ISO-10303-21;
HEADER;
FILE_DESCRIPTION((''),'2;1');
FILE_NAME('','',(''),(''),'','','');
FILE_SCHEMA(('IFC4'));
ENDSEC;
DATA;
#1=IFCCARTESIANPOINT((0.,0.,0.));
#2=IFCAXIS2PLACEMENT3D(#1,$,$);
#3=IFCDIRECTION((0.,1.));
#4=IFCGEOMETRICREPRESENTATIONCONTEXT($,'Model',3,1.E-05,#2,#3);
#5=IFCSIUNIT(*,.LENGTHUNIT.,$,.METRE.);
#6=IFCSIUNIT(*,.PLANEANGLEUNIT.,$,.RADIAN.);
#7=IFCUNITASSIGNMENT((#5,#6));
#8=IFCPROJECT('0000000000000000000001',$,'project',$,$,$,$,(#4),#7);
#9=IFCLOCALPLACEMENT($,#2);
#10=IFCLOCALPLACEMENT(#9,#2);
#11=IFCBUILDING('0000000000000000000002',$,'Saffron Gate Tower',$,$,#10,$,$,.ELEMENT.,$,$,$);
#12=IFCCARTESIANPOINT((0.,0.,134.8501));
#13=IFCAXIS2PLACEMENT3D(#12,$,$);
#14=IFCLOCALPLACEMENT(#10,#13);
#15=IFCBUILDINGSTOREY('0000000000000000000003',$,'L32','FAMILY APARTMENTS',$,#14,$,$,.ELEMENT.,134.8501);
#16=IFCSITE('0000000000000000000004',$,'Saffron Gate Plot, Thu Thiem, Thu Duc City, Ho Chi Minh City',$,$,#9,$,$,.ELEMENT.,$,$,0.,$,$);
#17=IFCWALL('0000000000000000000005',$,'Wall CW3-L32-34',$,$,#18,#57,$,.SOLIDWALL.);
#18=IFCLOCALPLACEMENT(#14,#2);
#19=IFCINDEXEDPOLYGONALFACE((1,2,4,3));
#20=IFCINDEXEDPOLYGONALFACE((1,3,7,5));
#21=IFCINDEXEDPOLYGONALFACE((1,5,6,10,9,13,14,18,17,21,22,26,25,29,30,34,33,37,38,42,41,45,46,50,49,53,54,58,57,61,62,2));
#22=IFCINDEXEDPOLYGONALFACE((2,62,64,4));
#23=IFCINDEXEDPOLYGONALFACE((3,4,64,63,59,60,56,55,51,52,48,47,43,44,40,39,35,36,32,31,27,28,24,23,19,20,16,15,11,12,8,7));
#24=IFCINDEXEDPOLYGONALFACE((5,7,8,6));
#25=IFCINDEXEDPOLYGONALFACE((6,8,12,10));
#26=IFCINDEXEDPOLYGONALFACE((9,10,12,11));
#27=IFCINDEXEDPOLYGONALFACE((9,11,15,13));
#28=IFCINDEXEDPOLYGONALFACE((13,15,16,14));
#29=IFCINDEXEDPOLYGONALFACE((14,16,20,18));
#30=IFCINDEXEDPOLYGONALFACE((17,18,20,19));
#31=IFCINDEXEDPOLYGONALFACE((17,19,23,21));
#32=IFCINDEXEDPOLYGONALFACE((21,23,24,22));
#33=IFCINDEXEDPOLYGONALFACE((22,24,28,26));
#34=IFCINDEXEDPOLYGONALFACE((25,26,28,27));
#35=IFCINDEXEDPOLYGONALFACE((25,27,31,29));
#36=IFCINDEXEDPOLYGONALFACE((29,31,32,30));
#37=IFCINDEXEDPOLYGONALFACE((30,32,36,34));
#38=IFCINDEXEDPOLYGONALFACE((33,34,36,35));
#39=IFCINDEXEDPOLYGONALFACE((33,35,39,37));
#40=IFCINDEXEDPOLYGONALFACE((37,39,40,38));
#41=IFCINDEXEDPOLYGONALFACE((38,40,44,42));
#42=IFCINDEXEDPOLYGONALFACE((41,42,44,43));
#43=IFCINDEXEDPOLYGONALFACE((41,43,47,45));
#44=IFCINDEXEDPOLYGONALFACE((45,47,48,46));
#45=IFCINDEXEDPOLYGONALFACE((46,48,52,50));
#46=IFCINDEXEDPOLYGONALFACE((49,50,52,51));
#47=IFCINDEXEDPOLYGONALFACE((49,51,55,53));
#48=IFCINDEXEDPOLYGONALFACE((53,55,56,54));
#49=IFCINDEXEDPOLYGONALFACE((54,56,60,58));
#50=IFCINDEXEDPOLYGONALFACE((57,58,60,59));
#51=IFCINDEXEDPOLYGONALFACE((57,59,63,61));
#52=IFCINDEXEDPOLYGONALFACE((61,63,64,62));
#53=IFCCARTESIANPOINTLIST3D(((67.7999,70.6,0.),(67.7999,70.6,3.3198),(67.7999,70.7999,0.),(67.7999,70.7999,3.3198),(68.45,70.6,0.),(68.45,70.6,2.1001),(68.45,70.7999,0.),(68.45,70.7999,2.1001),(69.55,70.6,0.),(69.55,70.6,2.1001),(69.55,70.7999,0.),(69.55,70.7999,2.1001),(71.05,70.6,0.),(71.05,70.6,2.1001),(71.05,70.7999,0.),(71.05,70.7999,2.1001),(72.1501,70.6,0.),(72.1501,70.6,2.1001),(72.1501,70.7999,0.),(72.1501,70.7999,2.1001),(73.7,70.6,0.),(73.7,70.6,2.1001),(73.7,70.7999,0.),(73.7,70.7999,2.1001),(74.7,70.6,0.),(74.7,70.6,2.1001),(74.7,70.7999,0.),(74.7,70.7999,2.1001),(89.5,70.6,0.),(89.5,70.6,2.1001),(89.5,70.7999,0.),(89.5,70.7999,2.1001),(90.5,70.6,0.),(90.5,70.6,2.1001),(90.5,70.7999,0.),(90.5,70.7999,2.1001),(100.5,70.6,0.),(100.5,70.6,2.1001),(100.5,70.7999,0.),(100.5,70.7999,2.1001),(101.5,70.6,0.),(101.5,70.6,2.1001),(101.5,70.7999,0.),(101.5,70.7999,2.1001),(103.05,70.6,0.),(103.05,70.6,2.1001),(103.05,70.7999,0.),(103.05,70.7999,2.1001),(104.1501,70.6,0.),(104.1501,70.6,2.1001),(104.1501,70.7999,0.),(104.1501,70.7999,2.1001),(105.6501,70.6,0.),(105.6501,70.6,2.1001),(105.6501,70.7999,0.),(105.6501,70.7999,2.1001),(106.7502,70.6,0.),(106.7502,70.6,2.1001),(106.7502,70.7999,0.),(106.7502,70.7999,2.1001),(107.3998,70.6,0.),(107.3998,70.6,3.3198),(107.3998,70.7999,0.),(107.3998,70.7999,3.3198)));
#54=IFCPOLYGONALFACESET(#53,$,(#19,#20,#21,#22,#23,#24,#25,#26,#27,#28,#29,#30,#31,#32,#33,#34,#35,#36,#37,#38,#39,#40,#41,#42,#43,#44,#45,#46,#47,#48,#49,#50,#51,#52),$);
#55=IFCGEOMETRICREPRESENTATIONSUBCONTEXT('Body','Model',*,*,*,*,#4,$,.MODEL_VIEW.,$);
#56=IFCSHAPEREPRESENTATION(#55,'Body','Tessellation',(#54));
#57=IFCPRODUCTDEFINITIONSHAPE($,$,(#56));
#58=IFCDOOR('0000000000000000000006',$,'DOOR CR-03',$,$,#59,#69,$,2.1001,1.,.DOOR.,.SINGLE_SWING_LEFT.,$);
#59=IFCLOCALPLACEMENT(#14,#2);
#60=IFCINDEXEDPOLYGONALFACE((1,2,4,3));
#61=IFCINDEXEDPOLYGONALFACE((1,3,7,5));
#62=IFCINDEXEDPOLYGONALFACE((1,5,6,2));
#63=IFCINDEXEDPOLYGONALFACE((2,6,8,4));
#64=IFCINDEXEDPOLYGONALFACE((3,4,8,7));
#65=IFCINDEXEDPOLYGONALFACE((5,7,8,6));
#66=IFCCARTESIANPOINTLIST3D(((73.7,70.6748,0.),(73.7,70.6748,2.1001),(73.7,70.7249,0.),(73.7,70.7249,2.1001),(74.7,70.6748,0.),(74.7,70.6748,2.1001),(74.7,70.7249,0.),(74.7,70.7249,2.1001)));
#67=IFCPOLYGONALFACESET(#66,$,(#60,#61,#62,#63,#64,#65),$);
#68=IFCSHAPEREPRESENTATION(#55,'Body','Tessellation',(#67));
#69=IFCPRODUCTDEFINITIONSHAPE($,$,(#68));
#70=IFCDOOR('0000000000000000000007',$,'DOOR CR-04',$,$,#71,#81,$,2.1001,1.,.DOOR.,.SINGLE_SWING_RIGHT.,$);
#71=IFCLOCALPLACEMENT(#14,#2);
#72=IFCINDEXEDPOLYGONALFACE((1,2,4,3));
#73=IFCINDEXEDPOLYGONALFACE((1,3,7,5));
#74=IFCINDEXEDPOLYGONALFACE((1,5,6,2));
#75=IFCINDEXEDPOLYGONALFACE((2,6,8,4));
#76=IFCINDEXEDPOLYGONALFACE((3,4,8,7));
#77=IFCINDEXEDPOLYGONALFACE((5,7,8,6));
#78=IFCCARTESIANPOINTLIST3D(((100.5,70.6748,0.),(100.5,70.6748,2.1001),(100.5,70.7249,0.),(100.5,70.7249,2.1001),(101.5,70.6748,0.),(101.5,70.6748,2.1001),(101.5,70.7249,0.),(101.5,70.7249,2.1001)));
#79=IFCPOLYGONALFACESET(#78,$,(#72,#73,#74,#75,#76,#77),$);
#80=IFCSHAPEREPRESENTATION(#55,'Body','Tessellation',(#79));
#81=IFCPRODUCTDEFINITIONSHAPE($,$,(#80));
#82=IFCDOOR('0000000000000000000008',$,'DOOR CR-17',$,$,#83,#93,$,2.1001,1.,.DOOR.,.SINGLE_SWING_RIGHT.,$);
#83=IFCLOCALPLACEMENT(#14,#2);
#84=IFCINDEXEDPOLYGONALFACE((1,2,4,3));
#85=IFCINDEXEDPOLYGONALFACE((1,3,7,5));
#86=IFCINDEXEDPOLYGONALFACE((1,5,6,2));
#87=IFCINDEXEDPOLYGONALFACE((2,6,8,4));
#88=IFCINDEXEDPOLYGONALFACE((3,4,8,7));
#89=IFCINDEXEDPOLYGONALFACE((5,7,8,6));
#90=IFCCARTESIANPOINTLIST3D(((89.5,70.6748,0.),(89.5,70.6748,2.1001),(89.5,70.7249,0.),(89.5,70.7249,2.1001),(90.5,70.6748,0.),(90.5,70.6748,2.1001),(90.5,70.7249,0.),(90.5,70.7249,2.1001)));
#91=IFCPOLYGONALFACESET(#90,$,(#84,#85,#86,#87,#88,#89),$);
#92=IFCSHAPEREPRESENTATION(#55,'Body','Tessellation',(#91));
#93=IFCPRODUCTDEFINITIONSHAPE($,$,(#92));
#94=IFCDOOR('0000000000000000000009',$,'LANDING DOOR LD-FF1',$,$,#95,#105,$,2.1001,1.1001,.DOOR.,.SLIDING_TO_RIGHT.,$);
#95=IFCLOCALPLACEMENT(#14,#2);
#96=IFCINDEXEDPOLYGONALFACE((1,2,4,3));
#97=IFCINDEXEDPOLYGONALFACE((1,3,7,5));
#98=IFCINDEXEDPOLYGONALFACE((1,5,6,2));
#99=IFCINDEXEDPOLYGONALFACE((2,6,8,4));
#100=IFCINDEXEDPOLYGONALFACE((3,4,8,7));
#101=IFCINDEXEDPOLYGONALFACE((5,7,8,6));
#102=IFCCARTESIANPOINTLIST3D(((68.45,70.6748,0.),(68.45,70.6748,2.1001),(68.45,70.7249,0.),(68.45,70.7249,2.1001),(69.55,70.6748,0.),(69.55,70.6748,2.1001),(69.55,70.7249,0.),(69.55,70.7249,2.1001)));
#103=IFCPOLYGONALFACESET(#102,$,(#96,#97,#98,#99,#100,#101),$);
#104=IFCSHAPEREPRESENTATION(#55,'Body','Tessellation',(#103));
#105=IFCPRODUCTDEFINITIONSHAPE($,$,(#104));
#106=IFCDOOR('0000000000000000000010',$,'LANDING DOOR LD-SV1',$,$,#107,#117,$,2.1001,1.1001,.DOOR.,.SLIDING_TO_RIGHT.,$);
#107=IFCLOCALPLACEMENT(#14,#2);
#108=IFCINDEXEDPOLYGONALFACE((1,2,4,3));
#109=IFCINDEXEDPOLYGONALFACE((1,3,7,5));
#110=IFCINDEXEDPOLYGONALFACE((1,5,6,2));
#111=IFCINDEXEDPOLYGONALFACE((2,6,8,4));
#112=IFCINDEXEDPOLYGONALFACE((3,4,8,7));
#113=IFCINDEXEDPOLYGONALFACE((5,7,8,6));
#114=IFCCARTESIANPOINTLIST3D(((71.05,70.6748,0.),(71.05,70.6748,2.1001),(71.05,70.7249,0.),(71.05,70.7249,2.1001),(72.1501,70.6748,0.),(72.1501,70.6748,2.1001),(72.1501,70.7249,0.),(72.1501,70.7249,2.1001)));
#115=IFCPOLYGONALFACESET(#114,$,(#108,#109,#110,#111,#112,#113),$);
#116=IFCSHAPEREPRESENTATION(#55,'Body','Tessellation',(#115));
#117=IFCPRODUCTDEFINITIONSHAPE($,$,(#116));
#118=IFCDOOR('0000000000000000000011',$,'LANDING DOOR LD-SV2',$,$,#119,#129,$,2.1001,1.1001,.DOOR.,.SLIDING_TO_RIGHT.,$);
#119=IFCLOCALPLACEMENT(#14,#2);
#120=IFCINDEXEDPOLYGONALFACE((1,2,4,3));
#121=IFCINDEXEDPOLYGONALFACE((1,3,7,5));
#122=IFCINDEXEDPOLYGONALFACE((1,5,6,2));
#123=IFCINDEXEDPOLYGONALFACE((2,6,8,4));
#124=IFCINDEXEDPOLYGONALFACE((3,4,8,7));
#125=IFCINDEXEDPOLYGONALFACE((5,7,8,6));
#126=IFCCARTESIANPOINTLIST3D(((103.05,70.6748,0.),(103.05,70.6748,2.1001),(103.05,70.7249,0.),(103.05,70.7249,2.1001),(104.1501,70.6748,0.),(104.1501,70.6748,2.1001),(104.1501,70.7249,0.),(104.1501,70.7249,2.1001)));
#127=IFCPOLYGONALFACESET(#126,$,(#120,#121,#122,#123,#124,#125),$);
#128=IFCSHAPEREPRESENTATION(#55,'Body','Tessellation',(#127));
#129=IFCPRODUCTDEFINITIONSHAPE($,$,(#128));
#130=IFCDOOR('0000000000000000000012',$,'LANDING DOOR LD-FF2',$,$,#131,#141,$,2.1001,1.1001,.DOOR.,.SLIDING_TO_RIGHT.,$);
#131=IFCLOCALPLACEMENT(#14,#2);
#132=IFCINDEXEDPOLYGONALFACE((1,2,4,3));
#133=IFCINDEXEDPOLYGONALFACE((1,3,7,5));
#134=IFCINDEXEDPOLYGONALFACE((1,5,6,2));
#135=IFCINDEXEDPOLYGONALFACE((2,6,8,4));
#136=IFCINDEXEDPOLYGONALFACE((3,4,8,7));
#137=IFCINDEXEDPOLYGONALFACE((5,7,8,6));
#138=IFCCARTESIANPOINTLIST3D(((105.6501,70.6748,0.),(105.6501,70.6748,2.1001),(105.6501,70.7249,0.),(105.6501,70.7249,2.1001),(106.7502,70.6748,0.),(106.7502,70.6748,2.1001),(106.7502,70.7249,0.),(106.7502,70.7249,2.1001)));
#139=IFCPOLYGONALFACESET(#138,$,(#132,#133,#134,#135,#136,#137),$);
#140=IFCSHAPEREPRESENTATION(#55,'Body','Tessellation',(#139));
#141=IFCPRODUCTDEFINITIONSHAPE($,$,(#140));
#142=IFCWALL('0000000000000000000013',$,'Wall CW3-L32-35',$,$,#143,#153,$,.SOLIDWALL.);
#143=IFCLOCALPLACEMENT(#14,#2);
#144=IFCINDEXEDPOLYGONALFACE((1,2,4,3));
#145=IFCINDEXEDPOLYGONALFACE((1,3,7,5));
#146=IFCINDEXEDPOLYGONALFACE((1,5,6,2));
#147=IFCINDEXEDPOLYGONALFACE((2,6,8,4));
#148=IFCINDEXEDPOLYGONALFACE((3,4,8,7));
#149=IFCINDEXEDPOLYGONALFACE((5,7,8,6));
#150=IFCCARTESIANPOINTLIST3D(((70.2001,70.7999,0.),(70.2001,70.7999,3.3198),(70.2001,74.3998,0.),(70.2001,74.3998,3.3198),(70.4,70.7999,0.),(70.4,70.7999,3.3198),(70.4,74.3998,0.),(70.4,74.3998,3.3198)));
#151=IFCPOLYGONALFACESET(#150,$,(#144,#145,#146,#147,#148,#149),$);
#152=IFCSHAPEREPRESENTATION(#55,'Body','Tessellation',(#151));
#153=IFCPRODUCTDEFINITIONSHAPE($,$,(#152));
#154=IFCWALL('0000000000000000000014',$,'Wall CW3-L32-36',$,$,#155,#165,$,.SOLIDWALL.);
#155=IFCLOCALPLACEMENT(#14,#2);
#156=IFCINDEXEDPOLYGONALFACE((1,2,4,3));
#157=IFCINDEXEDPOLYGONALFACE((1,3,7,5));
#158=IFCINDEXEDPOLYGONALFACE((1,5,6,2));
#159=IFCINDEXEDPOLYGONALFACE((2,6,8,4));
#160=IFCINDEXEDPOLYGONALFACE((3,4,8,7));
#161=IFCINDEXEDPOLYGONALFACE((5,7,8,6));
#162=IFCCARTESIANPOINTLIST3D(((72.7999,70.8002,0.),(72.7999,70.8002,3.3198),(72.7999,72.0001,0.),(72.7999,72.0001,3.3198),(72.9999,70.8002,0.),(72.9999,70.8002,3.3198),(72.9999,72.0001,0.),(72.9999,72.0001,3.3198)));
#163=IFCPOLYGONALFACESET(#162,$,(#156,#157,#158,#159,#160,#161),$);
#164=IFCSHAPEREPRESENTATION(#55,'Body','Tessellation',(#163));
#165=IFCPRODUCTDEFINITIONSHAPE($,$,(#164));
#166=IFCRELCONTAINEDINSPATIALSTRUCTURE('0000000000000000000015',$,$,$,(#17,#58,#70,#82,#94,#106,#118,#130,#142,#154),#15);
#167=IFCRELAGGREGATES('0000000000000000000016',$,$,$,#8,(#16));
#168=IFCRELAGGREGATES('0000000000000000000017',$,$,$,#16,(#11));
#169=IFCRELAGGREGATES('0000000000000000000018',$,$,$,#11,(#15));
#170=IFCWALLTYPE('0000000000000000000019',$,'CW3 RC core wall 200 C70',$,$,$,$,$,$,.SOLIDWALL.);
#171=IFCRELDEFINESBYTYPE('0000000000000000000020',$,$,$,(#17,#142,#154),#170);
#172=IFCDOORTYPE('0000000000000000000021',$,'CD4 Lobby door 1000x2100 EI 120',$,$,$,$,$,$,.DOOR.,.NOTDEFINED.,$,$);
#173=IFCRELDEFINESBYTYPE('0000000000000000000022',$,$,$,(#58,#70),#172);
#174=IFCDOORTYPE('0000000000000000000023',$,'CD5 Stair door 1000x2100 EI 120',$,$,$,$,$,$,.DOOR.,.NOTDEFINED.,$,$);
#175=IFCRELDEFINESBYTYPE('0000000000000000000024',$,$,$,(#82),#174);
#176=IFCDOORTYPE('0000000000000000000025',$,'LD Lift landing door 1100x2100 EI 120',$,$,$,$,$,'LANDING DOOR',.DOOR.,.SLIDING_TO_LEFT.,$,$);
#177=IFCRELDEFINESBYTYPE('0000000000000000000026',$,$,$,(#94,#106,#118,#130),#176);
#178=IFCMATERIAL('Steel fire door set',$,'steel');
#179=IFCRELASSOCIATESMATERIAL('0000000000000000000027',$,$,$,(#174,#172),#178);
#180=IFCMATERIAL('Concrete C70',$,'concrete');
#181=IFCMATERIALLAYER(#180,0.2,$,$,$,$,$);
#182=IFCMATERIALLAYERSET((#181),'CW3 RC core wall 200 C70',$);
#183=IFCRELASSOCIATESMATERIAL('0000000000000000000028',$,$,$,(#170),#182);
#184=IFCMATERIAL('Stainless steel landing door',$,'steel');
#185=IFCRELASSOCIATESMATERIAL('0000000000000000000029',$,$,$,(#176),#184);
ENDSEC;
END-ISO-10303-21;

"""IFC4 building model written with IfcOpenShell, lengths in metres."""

from ifc_helpers import new_model, si_unit, direction, frame, frame_2d, origin, place, context, subcontext, project, spatial, rectangle, extrude, material, layer, layer_set, type_object, element, fill, save


model = new_model("IFC4")

# Units and contexts
model_context = context("Model", 3, precision=1e-05, world=origin(), true_north=direction((0.0, 1.0)))
body_context = subcontext(model_context, "Body", "Model", "MODEL_VIEW")
ifc_project = project(units=[si_unit("LENGTHUNIT", "METRE"), si_unit("PLANEANGLEUNIT", "RADIAN")], contexts=[model_context])

# Site, building, storey
site_placement = place(None, origin())
site = spatial("IfcSite", under=ifc_project, at=site_placement, Name="Saffron Gate Plot, Thu Thiem, Thu Duc City, Ho Chi Minh City", CompositionType="ELEMENT", RefElevation=0.0)
building_placement = place(site_placement, origin())
building = spatial("IfcBuilding", under=site, at=building_placement, Name="Saffron Gate Tower", CompositionType="ELEMENT")
storey_placement = place(building_placement, frame((0.0, 0.0, 134.8501)))
storey = spatial("IfcBuildingStorey", under=building, at=storey_placement, Name="L32", Description="FAMILY APARTMENTS", CompositionType="ELEMENT", Elevation=134.8501)

# Shared definitions
ifc_material_1 = material(Name="Concrete C70", Category="concrete")

# Wall, openings, doors
ifc_material_2 = material(Name="Steel fire door set", Category="steel")
door_type_1 = type_object("IfcDoorType", Name="CD5 Stair door 1000x2100 EI 120", OperationType="NOTDEFINED", PredefinedType="DOOR", material=ifc_material_2)
ifc_layer_1 = layer(ifc_material_1, 0.2)
ifc_layer_set_1 = layer_set([ifc_layer_1], Name="CW3 RC core wall 200 C70")
wall_type_1 = type_object("IfcWallType", Name="CW3 RC core wall 200 C70", PredefinedType="SOLIDWALL", material=ifc_layer_set_1)
wall_1_placement = place(storey_placement, frame((67.8, 70.7, 0.0), z_axis=(0.0, 0.0, 1.0), x_axis=(1.0, 0.0, 0.0)))
wall_1 = element("IfcWall", 1, at=wall_1_placement, inside=storey, type_object=wall_type_1, Name="Wall CW3-L32-34", PredefinedType="SOLIDWALL", context=body_context, shape_type="SweptSolid", body=[
    extrude(rectangle(XDim=39.5999, YDim=0.2, at=frame_2d((19.7998, 0.0))), origin(), (0.0, 0.0, 1.0), 3.3198),
])
opening_1_placement = place(wall_1_placement, frame((0.6499, 0.0, 0.0)))
opening_1 = element("IfcOpeningElement", 2, at=opening_1_placement, cuts=wall_1, PredefinedType="OPENING", context=body_context, shape_type="SweptSolid", body=[
    extrude(rectangle(XDim=1.1001, YDim=2.1001, at=frame_2d((0.55, 1.05))), frame((0.0, 0.1099, 0.0), z_axis=(0.0, -1.0, 0.0), x_axis=(1.0, 0.0, 0.0)), (0.0, 0.0, 1.0), 0.22),
])
opening_2_placement = place(wall_1_placement, frame((3.25, 0.0, 0.0)))
opening_2 = element("IfcOpeningElement", 3, at=opening_2_placement, cuts=wall_1, PredefinedType="OPENING", context=body_context, shape_type="SweptSolid", body=[
    extrude(rectangle(XDim=1.1001, YDim=2.1001, at=frame_2d((0.55, 1.05))), frame((0.0, 0.1099, 0.0), z_axis=(0.0, -1.0, 0.0), x_axis=(1.0, 0.0, 0.0)), (0.0, 0.0, 1.0), 0.22),
])
opening_3_placement = place(wall_1_placement, frame((5.8999, 0.0, 0.0)))
opening_3 = element("IfcOpeningElement", 4, at=opening_3_placement, cuts=wall_1, PredefinedType="OPENING", context=body_context, shape_type="SweptSolid", body=[
    extrude(rectangle(XDim=1.0, YDim=2.1001, at=frame_2d((0.5, 1.05))), frame((0.0, 0.1099, 0.0), z_axis=(0.0, -1.0, 0.0), x_axis=(1.0, 0.0, 0.0)), (0.0, 0.0, 1.0), 0.22),
])
opening_4_placement = place(wall_1_placement, frame((21.7, 0.0, 0.0)))
opening_4 = element("IfcOpeningElement", 5, at=opening_4_placement, cuts=wall_1, PredefinedType="OPENING", context=body_context, shape_type="SweptSolid", body=[
    extrude(rectangle(XDim=1.0, YDim=2.1001, at=frame_2d((0.5, 1.05))), frame((0.0, 0.1099, 0.0), z_axis=(0.0, -1.0, 0.0), x_axis=(1.0, 0.0, 0.0)), (0.0, 0.0, 1.0), 0.22),
])
opening_5_placement = place(wall_1_placement, frame((32.7, 0.0, 0.0)))
opening_5 = element("IfcOpeningElement", 6, at=opening_5_placement, cuts=wall_1, PredefinedType="OPENING", context=body_context, shape_type="SweptSolid", body=[
    extrude(rectangle(XDim=1.0, YDim=2.1001, at=frame_2d((0.5, 1.05))), frame((0.0, 0.1099, 0.0), z_axis=(0.0, -1.0, 0.0), x_axis=(1.0, 0.0, 0.0)), (0.0, 0.0, 1.0), 0.22),
])
opening_6_placement = place(wall_1_placement, frame((35.25, 0.0, 0.0)))
opening_6 = element("IfcOpeningElement", 7, at=opening_6_placement, cuts=wall_1, PredefinedType="OPENING", context=body_context, shape_type="SweptSolid", body=[
    extrude(rectangle(XDim=1.1001, YDim=2.1001, at=frame_2d((0.55, 1.05))), frame((0.0, 0.1099, 0.0), z_axis=(0.0, -1.0, 0.0), x_axis=(1.0, 0.0, 0.0)), (0.0, 0.0, 1.0), 0.22),
])
opening_7_placement = place(wall_1_placement, frame((37.8501, 0.0, 0.0)))
opening_7 = element("IfcOpeningElement", 8, at=opening_7_placement, cuts=wall_1, PredefinedType="OPENING", context=body_context, shape_type="SweptSolid", body=[
    extrude(rectangle(XDim=1.1001, YDim=2.1001, at=frame_2d((0.55, 1.05))), frame((0.0, 0.1099, 0.0), z_axis=(0.0, -1.0, 0.0), x_axis=(1.0, 0.0, 0.0)), (0.0, 0.0, 1.0), 0.22),
])
door_type_2 = type_object("IfcDoorType", Name="CD4 Lobby door 1000x2100 EI 120", OperationType="NOTDEFINED", PredefinedType="DOOR", material=ifc_material_2)
door_1_placement = place(opening_3_placement, origin())
door_1 = element("IfcDoor", 9, at=door_1_placement, inside=storey, type_object=door_type_2, Name="DOOR CR-03", OperationType="SINGLE_SWING_LEFT", OverallHeight=2.1001, OverallWidth=1.0, PredefinedType="DOOR", context=body_context, shape_type="SweptSolid", body=[
    extrude(rectangle(XDim=1.0, YDim=2.1001, at=frame_2d((0.5, 1.05))), frame((0.0, 0.0249, 0.0), z_axis=(0.0, -1.0, 0.0), x_axis=(1.0, 0.0, 0.0)), (0.0, 0.0, 1.0), 0.05),
])
fill(opening_3, door_1)
door_2_placement = place(opening_5_placement, origin())
door_2 = element("IfcDoor", 10, at=door_2_placement, inside=storey, type_object=door_type_2, Name="DOOR CR-04", OperationType="SINGLE_SWING_RIGHT", OverallHeight=2.1001, OverallWidth=1.0, PredefinedType="DOOR", context=body_context, shape_type="SweptSolid", body=[
    extrude(rectangle(XDim=1.0, YDim=2.1001, at=frame_2d((0.5, 1.05))), frame((0.0, 0.0249, 0.0), z_axis=(0.0, -1.0, 0.0), x_axis=(1.0, 0.0, 0.0)), (0.0, 0.0, 1.0), 0.05),
])
fill(opening_5, door_2)
door_3_placement = place(opening_4_placement, origin())
door_3 = element("IfcDoor", 11, at=door_3_placement, inside=storey, type_object=door_type_1, Name="DOOR CR-17", OperationType="SINGLE_SWING_RIGHT", OverallHeight=2.1001, OverallWidth=1.0, PredefinedType="DOOR", context=body_context, shape_type="SweptSolid", body=[
    extrude(rectangle(XDim=1.0, YDim=2.1001, at=frame_2d((0.5, 1.05))), frame((0.0, 0.0249, 0.0), z_axis=(0.0, -1.0, 0.0), x_axis=(1.0, 0.0, 0.0)), (0.0, 0.0, 1.0), 0.05),
])
fill(opening_4, door_3)
ifc_material_3 = material(Name="Stainless steel landing door", Category="steel")
door_type_3 = type_object("IfcDoorType", Name="LD Lift landing door 1100x2100 EI 120", ElementType="LANDING DOOR", OperationType="SLIDING_TO_LEFT", PredefinedType="DOOR", material=ifc_material_3)
door_4_placement = place(opening_1_placement, origin())
door_4 = element("IfcDoor", 12, at=door_4_placement, inside=storey, type_object=door_type_3, Name="LANDING DOOR LD-FF1", OperationType="SLIDING_TO_RIGHT", OverallHeight=2.1001, OverallWidth=1.1001, PredefinedType="DOOR", context=body_context, shape_type="SweptSolid", body=[
    extrude(rectangle(XDim=1.1001, YDim=2.1001, at=frame_2d((0.55, 1.05))), frame((0.0, 0.0249, 0.0), z_axis=(0.0, -1.0, 0.0), x_axis=(1.0, 0.0, 0.0)), (0.0, 0.0, 1.0), 0.05),
])
fill(opening_1, door_4)
door_5_placement = place(opening_2_placement, origin())
door_5 = element("IfcDoor", 13, at=door_5_placement, inside=storey, type_object=door_type_3, Name="LANDING DOOR LD-SV1", OperationType="SLIDING_TO_RIGHT", OverallHeight=2.1001, OverallWidth=1.1001, PredefinedType="DOOR", context=body_context, shape_type="SweptSolid", body=[
    extrude(rectangle(XDim=1.1001, YDim=2.1001, at=frame_2d((0.55, 1.05))), frame((0.0, 0.0249, 0.0), z_axis=(0.0, -1.0, 0.0), x_axis=(1.0, 0.0, 0.0)), (0.0, 0.0, 1.0), 0.05),
])
fill(opening_2, door_5)
door_6_placement = place(opening_6_placement, origin())
door_6 = element("IfcDoor", 14, at=door_6_placement, inside=storey, type_object=door_type_3, Name="LANDING DOOR LD-SV2", OperationType="SLIDING_TO_RIGHT", OverallHeight=2.1001, OverallWidth=1.1001, PredefinedType="DOOR", context=body_context, shape_type="SweptSolid", body=[
    extrude(rectangle(XDim=1.1001, YDim=2.1001, at=frame_2d((0.55, 1.05))), frame((0.0, 0.0249, 0.0), z_axis=(0.0, -1.0, 0.0), x_axis=(1.0, 0.0, 0.0)), (0.0, 0.0, 1.0), 0.05),
])
fill(opening_6, door_6)
door_7_placement = place(opening_7_placement, origin())
door_7 = element("IfcDoor", 15, at=door_7_placement, inside=storey, type_object=door_type_3, Name="LANDING DOOR LD-FF2", OperationType="SLIDING_TO_RIGHT", OverallHeight=2.1001, OverallWidth=1.1001, PredefinedType="DOOR", context=body_context, shape_type="SweptSolid", body=[
    extrude(rectangle(XDim=1.1001, YDim=2.1001, at=frame_2d((0.55, 1.05))), frame((0.0, 0.0249, 0.0), z_axis=(0.0, -1.0, 0.0), x_axis=(1.0, 0.0, 0.0)), (0.0, 0.0, 1.0), 0.05),
])
fill(opening_7, door_7)

# Walls
wall_2_placement = place(storey_placement, frame((70.3, 70.8, 0.0), z_axis=(0.0, 0.0, 1.0), x_axis=(0.0, 1.0, 0.0)))
element("IfcWall", 16, at=wall_2_placement, inside=storey, type_object=wall_type_1, Name="Wall CW3-L32-35", PredefinedType="SOLIDWALL", context=body_context, shape_type="SweptSolid", body=[
    extrude(rectangle(XDim=3.5999, YDim=0.2, at=frame_2d((1.7998, 0.0))), origin(), (0.0, 0.0, 1.0), 3.3198),
])
wall_3_placement = place(storey_placement, frame((72.8999, 70.8, 0.0), z_axis=(0.0, 0.0, 1.0), x_axis=(0.0, 1.0, 0.0)))
element("IfcWall", 17, at=wall_3_placement, inside=storey, type_object=wall_type_1, Name="Wall CW3-L32-36", PredefinedType="SOLIDWALL", context=body_context, shape_type="SweptSolid", body=[
    extrude(rectangle(XDim=1.2, YDim=0.2, at=frame_2d((0.6001, 0.0))), origin(), (0.0, 0.0, 1.0), 3.3198),
])

save(model, "model.ifc")
